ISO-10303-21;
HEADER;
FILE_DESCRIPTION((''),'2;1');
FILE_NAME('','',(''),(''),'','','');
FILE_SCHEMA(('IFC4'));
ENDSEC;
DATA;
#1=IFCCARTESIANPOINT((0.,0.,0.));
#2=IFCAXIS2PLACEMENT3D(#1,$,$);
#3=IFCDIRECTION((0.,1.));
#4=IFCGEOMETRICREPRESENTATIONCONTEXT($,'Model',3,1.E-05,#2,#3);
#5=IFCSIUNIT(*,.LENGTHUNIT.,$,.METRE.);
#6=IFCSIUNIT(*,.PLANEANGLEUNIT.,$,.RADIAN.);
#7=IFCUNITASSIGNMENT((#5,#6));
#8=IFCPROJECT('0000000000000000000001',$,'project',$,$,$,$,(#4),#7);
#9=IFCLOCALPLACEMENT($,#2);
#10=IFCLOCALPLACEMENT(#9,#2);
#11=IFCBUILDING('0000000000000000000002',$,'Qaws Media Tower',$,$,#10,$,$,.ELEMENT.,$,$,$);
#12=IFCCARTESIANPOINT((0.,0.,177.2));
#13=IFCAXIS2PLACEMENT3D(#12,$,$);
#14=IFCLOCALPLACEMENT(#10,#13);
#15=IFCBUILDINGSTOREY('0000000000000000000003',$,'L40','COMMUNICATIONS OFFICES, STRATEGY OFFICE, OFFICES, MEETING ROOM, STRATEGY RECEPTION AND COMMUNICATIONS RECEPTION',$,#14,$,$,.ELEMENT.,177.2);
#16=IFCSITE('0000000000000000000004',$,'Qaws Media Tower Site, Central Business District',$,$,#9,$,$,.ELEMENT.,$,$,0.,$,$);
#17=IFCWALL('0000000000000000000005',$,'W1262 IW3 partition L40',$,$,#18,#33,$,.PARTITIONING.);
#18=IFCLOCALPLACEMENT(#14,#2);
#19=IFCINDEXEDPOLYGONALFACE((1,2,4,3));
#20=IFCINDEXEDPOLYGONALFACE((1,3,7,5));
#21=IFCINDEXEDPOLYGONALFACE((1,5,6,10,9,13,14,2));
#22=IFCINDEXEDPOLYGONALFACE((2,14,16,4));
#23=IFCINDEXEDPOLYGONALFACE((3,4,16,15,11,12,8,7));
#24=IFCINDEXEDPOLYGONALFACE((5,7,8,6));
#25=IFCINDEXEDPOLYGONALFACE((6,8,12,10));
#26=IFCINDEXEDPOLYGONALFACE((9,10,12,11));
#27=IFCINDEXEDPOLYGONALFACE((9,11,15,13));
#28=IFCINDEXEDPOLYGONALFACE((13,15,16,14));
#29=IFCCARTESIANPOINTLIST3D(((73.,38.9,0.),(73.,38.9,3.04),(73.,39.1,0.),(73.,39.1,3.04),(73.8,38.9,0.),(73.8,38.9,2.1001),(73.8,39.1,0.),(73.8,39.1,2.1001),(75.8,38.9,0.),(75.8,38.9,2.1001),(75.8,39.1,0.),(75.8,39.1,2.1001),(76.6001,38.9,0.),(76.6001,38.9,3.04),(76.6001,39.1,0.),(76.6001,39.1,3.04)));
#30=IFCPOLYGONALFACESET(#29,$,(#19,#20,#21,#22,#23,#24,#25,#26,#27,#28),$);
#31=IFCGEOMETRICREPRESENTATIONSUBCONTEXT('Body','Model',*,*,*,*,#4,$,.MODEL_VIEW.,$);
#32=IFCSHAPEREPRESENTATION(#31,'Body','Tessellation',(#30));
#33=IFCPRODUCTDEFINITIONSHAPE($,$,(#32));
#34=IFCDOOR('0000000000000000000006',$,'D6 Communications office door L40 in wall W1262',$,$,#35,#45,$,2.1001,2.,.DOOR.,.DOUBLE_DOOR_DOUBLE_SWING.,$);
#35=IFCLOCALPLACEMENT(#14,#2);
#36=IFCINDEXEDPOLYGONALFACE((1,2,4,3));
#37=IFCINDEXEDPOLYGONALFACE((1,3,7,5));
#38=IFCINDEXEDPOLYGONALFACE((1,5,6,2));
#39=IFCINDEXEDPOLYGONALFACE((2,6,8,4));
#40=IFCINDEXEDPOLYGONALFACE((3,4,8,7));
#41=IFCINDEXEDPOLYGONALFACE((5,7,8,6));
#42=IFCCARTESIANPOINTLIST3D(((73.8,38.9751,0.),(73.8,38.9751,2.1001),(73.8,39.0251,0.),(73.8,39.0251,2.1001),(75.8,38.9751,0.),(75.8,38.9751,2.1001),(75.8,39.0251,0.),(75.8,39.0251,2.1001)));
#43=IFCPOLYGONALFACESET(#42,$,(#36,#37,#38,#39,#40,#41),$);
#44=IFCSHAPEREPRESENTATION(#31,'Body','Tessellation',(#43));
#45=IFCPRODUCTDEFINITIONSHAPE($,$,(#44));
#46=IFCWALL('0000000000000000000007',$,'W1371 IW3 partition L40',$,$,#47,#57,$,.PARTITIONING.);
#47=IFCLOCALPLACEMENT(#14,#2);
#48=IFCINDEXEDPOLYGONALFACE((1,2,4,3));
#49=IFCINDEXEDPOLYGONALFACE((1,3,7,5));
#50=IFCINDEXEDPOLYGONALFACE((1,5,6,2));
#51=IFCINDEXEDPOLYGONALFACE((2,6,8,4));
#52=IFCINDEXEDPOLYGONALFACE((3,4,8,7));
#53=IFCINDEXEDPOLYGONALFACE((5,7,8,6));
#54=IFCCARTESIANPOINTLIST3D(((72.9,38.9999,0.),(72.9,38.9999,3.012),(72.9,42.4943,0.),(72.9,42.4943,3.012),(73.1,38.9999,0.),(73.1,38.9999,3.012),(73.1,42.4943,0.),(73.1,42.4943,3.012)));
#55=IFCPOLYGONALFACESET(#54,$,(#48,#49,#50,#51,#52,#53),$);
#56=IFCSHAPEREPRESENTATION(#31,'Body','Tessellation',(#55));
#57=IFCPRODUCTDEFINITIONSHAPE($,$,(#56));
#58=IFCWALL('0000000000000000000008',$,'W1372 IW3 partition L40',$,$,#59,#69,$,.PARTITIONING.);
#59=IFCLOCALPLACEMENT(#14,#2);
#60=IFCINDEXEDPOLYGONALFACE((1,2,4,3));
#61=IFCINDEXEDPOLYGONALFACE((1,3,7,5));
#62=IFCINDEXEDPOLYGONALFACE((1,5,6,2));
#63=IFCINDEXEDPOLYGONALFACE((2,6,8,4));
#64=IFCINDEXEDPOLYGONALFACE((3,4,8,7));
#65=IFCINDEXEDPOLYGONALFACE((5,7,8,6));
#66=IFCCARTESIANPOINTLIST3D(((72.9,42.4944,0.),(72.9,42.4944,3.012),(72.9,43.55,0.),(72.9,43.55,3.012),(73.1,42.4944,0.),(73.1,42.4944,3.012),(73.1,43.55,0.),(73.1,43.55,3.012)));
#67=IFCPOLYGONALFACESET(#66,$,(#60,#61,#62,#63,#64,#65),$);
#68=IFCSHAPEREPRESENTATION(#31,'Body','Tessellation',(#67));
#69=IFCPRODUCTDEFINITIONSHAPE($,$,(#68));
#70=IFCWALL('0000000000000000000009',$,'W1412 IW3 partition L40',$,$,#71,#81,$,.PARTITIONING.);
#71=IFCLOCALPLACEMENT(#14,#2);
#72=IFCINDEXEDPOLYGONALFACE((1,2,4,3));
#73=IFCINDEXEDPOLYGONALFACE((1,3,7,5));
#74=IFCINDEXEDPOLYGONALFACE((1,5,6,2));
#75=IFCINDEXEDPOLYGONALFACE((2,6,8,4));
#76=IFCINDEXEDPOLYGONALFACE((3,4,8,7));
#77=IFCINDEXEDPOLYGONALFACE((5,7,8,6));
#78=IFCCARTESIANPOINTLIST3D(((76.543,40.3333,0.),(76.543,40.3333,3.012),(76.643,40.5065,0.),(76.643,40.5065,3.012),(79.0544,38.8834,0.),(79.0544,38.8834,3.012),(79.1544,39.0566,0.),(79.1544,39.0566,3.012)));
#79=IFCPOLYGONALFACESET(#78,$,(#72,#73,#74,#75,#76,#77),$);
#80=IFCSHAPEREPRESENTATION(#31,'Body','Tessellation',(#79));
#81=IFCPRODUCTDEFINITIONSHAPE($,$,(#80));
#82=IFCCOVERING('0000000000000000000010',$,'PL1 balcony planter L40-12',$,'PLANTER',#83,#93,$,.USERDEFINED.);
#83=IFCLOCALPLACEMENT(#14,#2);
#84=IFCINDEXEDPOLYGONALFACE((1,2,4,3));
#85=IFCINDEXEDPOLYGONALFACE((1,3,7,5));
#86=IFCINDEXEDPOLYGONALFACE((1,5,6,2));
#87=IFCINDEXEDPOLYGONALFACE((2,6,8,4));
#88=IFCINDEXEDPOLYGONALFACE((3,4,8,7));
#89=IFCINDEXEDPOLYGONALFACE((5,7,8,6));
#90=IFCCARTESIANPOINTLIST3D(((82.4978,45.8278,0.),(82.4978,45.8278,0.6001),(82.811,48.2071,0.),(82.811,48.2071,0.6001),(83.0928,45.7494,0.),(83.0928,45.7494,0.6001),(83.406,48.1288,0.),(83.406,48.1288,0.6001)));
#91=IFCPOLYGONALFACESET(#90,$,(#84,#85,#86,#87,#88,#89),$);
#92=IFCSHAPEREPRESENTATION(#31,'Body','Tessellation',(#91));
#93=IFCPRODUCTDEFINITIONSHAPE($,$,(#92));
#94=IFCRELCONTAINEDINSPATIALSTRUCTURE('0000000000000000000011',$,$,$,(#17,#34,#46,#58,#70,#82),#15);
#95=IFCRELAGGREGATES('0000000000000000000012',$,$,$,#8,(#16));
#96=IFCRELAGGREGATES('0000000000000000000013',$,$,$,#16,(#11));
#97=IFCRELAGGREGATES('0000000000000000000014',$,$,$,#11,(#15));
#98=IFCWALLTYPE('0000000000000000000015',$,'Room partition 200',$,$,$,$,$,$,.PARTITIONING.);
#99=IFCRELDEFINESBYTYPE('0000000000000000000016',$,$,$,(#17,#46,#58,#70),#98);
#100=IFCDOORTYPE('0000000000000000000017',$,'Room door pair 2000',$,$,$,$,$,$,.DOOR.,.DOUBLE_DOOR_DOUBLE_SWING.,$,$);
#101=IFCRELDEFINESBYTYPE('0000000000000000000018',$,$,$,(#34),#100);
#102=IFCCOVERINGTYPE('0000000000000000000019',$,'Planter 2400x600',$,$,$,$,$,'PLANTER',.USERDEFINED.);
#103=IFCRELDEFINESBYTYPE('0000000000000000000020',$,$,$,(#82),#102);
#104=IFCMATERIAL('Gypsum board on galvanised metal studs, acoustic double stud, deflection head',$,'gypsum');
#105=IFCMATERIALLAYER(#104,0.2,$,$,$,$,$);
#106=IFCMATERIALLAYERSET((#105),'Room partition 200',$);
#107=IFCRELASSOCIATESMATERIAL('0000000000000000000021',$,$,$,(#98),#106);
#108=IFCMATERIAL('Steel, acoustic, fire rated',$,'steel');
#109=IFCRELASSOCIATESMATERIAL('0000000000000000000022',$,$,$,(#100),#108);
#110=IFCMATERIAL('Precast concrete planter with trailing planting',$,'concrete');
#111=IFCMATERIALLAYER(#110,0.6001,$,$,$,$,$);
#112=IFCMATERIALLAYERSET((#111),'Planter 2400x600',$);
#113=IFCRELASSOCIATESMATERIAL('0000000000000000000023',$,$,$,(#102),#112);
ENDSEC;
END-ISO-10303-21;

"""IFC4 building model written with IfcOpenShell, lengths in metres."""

from ifc_helpers import new_model, si_unit, direction, frame, frame_2d, origin, origin_2d, place, context, subcontext, project, spatial, rectangle, extrude, material, layer, layer_set, type_object, element, fill, save


model = new_model("IFC4")

# Units and contexts
model_context = context("Model", 3, precision=1e-05, world=origin(), true_north=direction((0.0, 1.0)))
body_context = subcontext(model_context, "Body", "Model", "MODEL_VIEW")
ifc_project = project(units=[si_unit("LENGTHUNIT", "METRE"), si_unit("PLANEANGLEUNIT", "RADIAN")], contexts=[model_context])

# Site, building, storey
site_placement = place(None, origin())
site = spatial("IfcSite", under=ifc_project, at=site_placement, Name="Qaws Media Tower Site, Central Business District", CompositionType="ELEMENT", RefElevation=0.0)
building_placement = place(site_placement, origin())
building = spatial("IfcBuilding", under=site, at=building_placement, Name="Qaws Media Tower", CompositionType="ELEMENT")
storey_placement = place(building_placement, frame((0.0, 0.0, 177.2)))
storey = spatial("IfcBuildingStorey", under=building, at=storey_placement, Name="L40", Description="COMMUNICATIONS OFFICES, STRATEGY OFFICE, OFFICES, MEETING ROOM, STRATEGY RECEPTION AND COMMUNICATIONS RECEPTION", CompositionType="ELEMENT", Elevation=177.2)

# Shared definitions
ifc_material_1 = material(Name="Gypsum board on galvanised metal studs, acoustic double stud, deflection head", Category="gypsum")
ifc_layer_1 = layer(ifc_material_1, 0.2)
ifc_layer_set_1 = layer_set([ifc_layer_1], Name="Room partition 200")
wall_type_1 = type_object("IfcWallType", Name="Room partition 200", PredefinedType="PARTITIONING", material=ifc_layer_set_1)

# Wall, opening, door
wall_1_placement = place(storey_placement, frame((76.6001, 39.0, 0.0), z_axis=(0.0, 0.0, 1.0), x_axis=(-1.0, 0.0, 0.0)))
wall_1 = element("IfcWall", 1, at=wall_1_placement, inside=storey, type_object=wall_type_1, Name="W1262 IW3 partition L40", PredefinedType="PARTITIONING", context=body_context, shape_type="SweptSolid", body=[
    extrude(rectangle(XDim=3.6001, YDim=0.2, at=frame_2d((1.8, 0.0))), origin(), (0.0, 0.0, 1.0), 3.04),
])
opening_placement = place(wall_1_placement, frame((0.8, 0.0, 0.0)))
opening = element("IfcOpeningElement", 2, at=opening_placement, cuts=wall_1, PredefinedType="OPENING", context=body_context, shape_type="SweptSolid", body=[
    extrude(rectangle(XDim=2.0, YDim=2.1001, at=frame_2d((1.0, 1.05))), frame((0.0, 0.1099, 0.0), z_axis=(0.0, -1.0, 0.0), x_axis=(1.0, 0.0, 0.0)), (0.0, 0.0, 1.0), 0.22),
])
ifc_material_2 = material(Name="Steel, acoustic, fire rated", Category="steel")
door_type = type_object("IfcDoorType", Name="Room door pair 2000", OperationType="DOUBLE_DOOR_DOUBLE_SWING", PredefinedType="DOOR", material=ifc_material_2)
door_placement = place(opening_placement, origin())
door = element("IfcDoor", 3, at=door_placement, inside=storey, type_object=door_type, Name="D6 Communications office door L40 in wall W1262", OperationType="DOUBLE_DOOR_DOUBLE_SWING", OverallHeight=2.1001, OverallWidth=2.0, PredefinedType="DOOR", context=body_context, shape_type="SweptSolid", body=[
    extrude(rectangle(XDim=2.0, YDim=2.1001, at=frame_2d((1.0, 1.05))), frame((0.0, 0.0249, 0.0), z_axis=(0.0, -1.0, 0.0), x_axis=(1.0, 0.0, 0.0)), (0.0, 0.0, 1.0), 0.05),
])
fill(opening, door)

# Walls
wall_2_placement = place(storey_placement, frame((73.0, 39.0, 0.0), z_axis=(0.0, 0.0, 1.0), x_axis=(0.0, 1.0, 0.0)))
element("IfcWall", 4, at=wall_2_placement, inside=storey, type_object=wall_type_1, Name="W1371 IW3 partition L40", PredefinedType="PARTITIONING", context=body_context, shape_type="SweptSolid", body=[
    extrude(rectangle(XDim=3.4944, YDim=0.2, at=frame_2d((1.7471, 0.0))), origin(), (0.0, 0.0, 1.0), 3.012),
])
wall_3_placement = place(storey_placement, frame((73.0, 42.4944, 0.0), z_axis=(0.0, 0.0, 1.0), x_axis=(0.0, 1.0, 0.0)))
element("IfcWall", 5, at=wall_3_placement, inside=storey, type_object=wall_type_1, Name="W1372 IW3 partition L40", PredefinedType="PARTITIONING", context=body_context, shape_type="SweptSolid", body=[
    extrude(rectangle(XDim=1.0557, YDim=0.2, at=frame_2d((0.5278, 0.0))), origin(), (0.0, 0.0, 1.0), 3.012),
])
wall_4_placement = place(storey_placement, frame((76.593, 40.4199, 0.0), z_axis=(0.0, 0.0, 1.0), x_axis=(0.866033, -0.499987, 0.0)))
element("IfcWall", 6, at=wall_4_placement, inside=storey, type_object=wall_type_1, Name="W1412 IW3 partition L40", PredefinedType="PARTITIONING", context=body_context, shape_type="SweptSolid", body=[
    extrude(rectangle(XDim=2.8999, YDim=0.2, at=frame_2d((1.45, 0.0))), origin(), (0.0, 0.0, 1.0), 3.012),
])

# Covering
ifc_material_3 = material(Name="Precast concrete planter with trailing planting", Category="concrete")
ifc_layer_2 = layer(ifc_material_3, 0.6001)
ifc_layer_set_2 = layer_set([ifc_layer_2], Name="Planter 2400x600")
covering_type = type_object("IfcCoveringType", Name="Planter 2400x600", ElementType="PLANTER", PredefinedType="USERDEFINED", material=ifc_layer_set_2)
covering_placement = place(storey_placement, frame((82.9519, 46.9783, 0.0), z_axis=(0.0, 0.0, 1.0), x_axis=(0.130526, 0.991445, 0.0)))
element("IfcCovering", 7, at=covering_placement, inside=storey, type_object=covering_type, Name="PL1 balcony planter L40-12", ObjectType="PLANTER", PredefinedType="USERDEFINED", context=body_context, shape_type="SweptSolid", body=[
    extrude(rectangle(XDim=2.3999, YDim=0.6001, at=origin_2d()), origin(), (0.0, 0.0, 1.0), 0.6001),
])

save(model, "model.ifc")
